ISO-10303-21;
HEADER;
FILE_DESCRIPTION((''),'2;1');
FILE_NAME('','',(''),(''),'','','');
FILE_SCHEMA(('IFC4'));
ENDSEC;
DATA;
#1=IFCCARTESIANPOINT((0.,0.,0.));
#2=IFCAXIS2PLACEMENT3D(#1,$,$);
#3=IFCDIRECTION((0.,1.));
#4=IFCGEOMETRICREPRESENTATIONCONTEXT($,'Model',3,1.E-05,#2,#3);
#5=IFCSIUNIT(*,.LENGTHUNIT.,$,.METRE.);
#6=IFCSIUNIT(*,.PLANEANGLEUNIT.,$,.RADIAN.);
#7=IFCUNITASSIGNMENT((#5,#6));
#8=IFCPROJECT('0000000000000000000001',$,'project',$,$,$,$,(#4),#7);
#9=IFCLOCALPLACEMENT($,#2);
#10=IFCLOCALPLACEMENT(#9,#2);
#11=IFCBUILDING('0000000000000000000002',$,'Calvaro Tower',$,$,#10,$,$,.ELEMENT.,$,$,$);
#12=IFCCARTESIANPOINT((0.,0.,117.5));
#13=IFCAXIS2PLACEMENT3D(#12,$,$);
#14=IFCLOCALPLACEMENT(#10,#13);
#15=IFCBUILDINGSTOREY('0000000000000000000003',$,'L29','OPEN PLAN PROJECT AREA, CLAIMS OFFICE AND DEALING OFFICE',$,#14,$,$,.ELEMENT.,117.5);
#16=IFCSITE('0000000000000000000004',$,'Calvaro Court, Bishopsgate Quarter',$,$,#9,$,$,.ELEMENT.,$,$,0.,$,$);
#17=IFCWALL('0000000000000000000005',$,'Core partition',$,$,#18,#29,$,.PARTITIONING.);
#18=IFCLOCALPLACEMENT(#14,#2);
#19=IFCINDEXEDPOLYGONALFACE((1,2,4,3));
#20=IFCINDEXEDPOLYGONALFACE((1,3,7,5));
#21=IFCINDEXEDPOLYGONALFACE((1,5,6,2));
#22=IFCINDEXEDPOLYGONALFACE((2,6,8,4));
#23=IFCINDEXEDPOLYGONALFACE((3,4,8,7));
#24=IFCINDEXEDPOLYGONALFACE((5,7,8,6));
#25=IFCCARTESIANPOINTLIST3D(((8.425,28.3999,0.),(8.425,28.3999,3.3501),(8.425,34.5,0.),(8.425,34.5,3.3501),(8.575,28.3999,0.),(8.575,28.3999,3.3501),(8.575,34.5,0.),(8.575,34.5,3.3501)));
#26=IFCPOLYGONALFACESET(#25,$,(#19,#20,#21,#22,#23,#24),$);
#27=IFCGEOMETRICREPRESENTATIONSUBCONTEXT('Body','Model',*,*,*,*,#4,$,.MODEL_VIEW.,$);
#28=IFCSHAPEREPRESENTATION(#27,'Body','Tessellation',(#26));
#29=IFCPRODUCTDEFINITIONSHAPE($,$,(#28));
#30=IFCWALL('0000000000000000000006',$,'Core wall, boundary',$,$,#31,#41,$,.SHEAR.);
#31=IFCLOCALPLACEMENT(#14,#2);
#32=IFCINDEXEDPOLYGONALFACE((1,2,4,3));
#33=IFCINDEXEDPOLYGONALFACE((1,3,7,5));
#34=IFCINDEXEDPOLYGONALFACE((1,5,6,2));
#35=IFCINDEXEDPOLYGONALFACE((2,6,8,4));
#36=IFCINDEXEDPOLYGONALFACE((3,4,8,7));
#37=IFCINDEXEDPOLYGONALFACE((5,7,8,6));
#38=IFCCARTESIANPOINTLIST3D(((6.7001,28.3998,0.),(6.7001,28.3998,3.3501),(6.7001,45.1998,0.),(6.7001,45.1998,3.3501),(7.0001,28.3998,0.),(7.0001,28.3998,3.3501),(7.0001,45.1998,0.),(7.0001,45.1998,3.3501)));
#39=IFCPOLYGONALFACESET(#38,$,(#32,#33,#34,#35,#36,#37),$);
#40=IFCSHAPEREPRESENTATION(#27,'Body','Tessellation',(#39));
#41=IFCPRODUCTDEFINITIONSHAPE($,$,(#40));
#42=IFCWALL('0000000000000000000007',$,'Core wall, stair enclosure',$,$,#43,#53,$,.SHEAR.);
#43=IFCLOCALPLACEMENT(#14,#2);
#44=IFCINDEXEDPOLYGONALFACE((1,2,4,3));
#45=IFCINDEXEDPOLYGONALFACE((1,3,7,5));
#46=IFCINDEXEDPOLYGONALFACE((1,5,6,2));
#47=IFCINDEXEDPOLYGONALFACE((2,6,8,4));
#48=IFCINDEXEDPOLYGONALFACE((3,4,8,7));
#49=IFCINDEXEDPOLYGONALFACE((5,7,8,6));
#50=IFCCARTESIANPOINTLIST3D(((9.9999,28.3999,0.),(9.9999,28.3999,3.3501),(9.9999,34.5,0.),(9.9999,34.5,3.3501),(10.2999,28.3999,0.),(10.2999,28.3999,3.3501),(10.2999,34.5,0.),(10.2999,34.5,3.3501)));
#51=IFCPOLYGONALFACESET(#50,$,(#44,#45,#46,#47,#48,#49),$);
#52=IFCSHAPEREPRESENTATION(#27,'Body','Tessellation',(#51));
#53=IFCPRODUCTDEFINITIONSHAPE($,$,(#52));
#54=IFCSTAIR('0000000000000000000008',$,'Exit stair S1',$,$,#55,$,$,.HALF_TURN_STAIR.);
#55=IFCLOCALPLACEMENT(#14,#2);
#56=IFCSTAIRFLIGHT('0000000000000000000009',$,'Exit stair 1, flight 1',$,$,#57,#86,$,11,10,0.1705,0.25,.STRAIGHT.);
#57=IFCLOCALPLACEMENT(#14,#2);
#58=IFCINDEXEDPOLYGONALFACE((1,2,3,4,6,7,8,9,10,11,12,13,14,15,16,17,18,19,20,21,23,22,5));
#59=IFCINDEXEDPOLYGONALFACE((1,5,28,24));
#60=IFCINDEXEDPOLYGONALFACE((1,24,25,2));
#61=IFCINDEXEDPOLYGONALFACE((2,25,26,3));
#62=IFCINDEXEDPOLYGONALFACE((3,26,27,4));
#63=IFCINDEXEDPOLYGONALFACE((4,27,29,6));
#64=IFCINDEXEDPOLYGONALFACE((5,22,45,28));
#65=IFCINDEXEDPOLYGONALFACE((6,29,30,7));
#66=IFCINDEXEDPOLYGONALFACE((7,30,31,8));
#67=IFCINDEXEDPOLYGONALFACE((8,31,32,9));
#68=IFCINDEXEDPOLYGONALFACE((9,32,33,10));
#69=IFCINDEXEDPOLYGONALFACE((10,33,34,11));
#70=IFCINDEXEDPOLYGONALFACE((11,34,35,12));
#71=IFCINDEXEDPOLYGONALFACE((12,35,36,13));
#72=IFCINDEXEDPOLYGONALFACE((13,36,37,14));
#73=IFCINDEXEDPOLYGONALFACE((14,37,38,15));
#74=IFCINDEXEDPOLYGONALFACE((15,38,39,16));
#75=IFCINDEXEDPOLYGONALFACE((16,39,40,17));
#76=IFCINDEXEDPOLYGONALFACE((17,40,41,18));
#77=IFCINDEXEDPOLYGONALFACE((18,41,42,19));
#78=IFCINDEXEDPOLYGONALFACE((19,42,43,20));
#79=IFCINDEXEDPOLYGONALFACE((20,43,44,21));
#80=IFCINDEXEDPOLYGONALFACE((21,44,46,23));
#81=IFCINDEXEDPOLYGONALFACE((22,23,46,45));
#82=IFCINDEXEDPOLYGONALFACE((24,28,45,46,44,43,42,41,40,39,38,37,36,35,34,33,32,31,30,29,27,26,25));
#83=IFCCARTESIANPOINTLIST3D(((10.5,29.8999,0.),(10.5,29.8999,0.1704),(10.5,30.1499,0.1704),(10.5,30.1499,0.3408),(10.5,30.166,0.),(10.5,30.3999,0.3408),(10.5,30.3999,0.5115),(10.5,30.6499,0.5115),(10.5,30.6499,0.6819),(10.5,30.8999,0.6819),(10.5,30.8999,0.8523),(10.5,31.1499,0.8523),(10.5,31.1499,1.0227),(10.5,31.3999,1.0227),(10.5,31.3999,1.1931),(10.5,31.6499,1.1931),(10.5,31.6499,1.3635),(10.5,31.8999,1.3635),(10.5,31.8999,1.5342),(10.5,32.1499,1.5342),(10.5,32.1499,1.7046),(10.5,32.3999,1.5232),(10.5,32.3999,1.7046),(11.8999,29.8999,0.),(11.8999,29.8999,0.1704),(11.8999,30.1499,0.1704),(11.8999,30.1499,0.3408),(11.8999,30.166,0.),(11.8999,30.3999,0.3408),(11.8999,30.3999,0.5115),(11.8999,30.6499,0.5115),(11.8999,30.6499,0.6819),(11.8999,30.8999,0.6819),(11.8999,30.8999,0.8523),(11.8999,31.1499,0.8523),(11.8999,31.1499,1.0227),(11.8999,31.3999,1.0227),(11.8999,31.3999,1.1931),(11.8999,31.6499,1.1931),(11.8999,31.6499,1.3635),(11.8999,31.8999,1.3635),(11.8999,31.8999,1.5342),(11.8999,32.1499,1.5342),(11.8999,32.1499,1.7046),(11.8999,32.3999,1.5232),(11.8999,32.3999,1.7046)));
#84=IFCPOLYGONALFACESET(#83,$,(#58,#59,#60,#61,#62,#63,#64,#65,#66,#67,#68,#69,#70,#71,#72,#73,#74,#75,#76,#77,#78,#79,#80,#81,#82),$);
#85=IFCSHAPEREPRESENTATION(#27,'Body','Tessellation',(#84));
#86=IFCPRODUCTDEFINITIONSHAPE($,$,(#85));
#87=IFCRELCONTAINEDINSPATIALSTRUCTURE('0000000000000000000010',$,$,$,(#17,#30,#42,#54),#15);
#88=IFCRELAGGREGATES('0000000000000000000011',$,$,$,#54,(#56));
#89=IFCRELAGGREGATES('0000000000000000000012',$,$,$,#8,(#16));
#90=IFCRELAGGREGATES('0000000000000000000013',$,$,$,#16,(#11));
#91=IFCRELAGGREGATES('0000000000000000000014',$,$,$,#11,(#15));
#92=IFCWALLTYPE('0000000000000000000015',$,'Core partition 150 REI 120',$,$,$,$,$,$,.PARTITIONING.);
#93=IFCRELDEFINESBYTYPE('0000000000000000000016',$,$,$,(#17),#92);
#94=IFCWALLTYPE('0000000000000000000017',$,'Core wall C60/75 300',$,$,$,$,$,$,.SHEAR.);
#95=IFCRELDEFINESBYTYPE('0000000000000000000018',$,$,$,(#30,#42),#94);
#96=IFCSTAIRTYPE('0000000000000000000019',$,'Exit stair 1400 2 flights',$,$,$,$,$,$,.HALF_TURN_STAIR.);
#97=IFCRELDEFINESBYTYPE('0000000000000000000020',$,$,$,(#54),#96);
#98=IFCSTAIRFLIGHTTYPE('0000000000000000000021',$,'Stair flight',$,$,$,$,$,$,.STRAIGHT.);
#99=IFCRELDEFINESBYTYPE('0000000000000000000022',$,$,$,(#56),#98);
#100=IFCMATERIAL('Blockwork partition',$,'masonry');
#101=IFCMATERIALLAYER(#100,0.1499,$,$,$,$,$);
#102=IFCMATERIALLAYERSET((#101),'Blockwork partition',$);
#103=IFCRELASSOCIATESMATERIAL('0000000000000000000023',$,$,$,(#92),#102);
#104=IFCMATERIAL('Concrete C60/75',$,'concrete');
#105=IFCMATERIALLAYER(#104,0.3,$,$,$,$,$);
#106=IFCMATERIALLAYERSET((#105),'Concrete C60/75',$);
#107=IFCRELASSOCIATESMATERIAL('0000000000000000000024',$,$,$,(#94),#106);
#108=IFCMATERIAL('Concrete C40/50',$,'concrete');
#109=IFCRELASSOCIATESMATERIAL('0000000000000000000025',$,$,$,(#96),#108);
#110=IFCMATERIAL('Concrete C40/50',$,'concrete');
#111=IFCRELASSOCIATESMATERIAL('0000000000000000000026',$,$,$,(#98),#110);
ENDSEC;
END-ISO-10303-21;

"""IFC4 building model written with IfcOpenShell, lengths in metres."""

from ifc_helpers import new_model, si_unit, direction, frame, frame_2d, origin, place, context, subcontext, project, spatial, polyline, rectangle, outline, extrude, material, layer, layer_set, type_object, element, aggregate, save


model = new_model("IFC4")

# Units and contexts
model_context = context("Model", 3, precision=1e-05, world=origin(), true_north=direction((0.0, 1.0)))
body_context = subcontext(model_context, "Body", "Model", "MODEL_VIEW")
ifc_project = project(units=[si_unit("LENGTHUNIT", "METRE"), si_unit("PLANEANGLEUNIT", "RADIAN")], contexts=[model_context])

# Site, building, storey
site_placement = place(None, origin())
site = spatial("IfcSite", under=ifc_project, at=site_placement, Name="Calvaro Court, Bishopsgate Quarter", CompositionType="ELEMENT", RefElevation=0.0)
building_placement = place(site_placement, origin())
building = spatial("IfcBuilding", under=site, at=building_placement, Name="Calvaro Tower", CompositionType="ELEMENT")
storey_placement = place(building_placement, frame((0.0, 0.0, 117.5)))
storey = spatial("IfcBuildingStorey", under=building, at=storey_placement, Name="L29", Description="OPEN PLAN PROJECT AREA, CLAIMS OFFICE AND DEALING OFFICE", CompositionType="ELEMENT", Elevation=117.5)

# Walls
ifc_material_1 = material(Name="Blockwork partition", Category="masonry")
ifc_layer_1 = layer(ifc_material_1, 0.1499)
ifc_layer_set_1 = layer_set([ifc_layer_1], Name="Blockwork partition")
wall_type_1 = type_object("IfcWallType", Name="Core partition 150 REI 120", PredefinedType="PARTITIONING", material=ifc_layer_set_1)
wall_1_placement = place(storey_placement, frame((8.5, 28.3999, 0.0), z_axis=(0.0, 0.0, 1.0), x_axis=(0.0, 1.0, 0.0)))
element("IfcWall", 1, at=wall_1_placement, inside=storey, type_object=wall_type_1, Name="Core partition", PredefinedType="PARTITIONING", context=body_context, shape_type="SweptSolid", body=[
    extrude(rectangle(XDim=6.1001, YDim=0.1499, at=frame_2d((3.05, 0.0))), origin(), (0.0, 0.0, 1.0), 3.3501),
])
ifc_material_2 = material(Name="Concrete C60/75", Category="concrete")
ifc_layer_2 = layer(ifc_material_2, 0.3)
ifc_layer_set_2 = layer_set([ifc_layer_2], Name="Concrete C60/75")
wall_type_2 = type_object("IfcWallType", Name="Core wall C60/75 300", PredefinedType="SHEAR", material=ifc_layer_set_2)
wall_2_placement = place(storey_placement, frame((6.8501, 28.3999, 0.0), z_axis=(0.0, 0.0, 1.0), x_axis=(0.0, 1.0, 0.0)))
element("IfcWall", 2, at=wall_2_placement, inside=storey, type_object=wall_type_2, Name="Core wall, boundary", PredefinedType="SHEAR", context=body_context, shape_type="SweptSolid", body=[
    extrude(rectangle(XDim=16.8, YDim=0.3, at=frame_2d((8.3999, 0.0))), origin(), (0.0, 0.0, 1.0), 3.3501),
])
wall_3_placement = place(storey_placement, frame((10.1499, 28.3999, 0.0), z_axis=(0.0, 0.0, 1.0), x_axis=(0.0, 1.0, 0.0)))
element("IfcWall", 3, at=wall_3_placement, inside=storey, type_object=wall_type_2, Name="Core wall, stair enclosure", PredefinedType="SHEAR", context=body_context, shape_type="SweptSolid", body=[
    extrude(rectangle(XDim=6.1001, YDim=0.3, at=frame_2d((3.05, 0.0))), origin(), (0.0, 0.0, 1.0), 3.3501),
])

# Stair, stair flight
ifc_material_3 = material(Name="Concrete C40/50", Category="concrete")
stair_type = type_object("IfcStairType", Name="Exit stair 1400 2 flights", PredefinedType="HALF_TURN_STAIR", material=ifc_material_3)
stair_placement = place(storey_placement, origin())
stair = element("IfcStair", 4, at=stair_placement, inside=storey, type_object=stair_type, Name="Exit stair S1", PredefinedType="HALF_TURN_STAIR")
ifc_material_4 = material(Name="Concrete C40/50", Category="concrete")
stair_flight_type = type_object("IfcStairFlightType", Name="Stair flight", PredefinedType="STRAIGHT", material=ifc_material_4)
stair_flight_placement = place(storey_placement, frame((11.2, 29.8999, 0.0), z_axis=(0.0, 0.0, 1.0), x_axis=(0.0, 1.0, 0.0)))
stair_flight = element("IfcStairFlight", 5, at=stair_flight_placement, type_object=stair_flight_type, Name="Exit stair 1, flight 1", NumberOfRisers=11, NumberOfTreads=10, PredefinedType="STRAIGHT", RiserHeight=0.1705, TreadLength=0.25, context=body_context, shape_type="SweptSolid", body=[
    extrude(outline(polyline([(0.0, 0.0), (0.0, 0.1704), (0.25, 0.1704), (0.25, 0.3408), (0.5, 0.3408), (0.5, 0.5115), (0.75, 0.5115), (0.75, 0.6819), (1.0, 0.6819), (1.0, 0.8523), (1.25, 0.8523), (1.25, 1.0227), (1.5, 1.0227), (1.5, 1.1931), (1.75, 1.1931), (1.75, 1.3635), (2.0, 1.3635), (2.0, 1.5342), (2.25, 1.5342), (2.25, 1.7046), (2.5, 1.7046), (2.5, 1.875), (2.5, 1.5232), (0.2661, 0.0), (0.0, 0.0)])), frame((0.0, 0.7, 0.0), z_axis=(0.0, -1.0, 0.0), x_axis=(1.0, 0.0, 0.0)), (0.0, 0.0, 1.0), 1.3999),
])
aggregate(stair, [stair_flight])

save(model, "model.ifc")
